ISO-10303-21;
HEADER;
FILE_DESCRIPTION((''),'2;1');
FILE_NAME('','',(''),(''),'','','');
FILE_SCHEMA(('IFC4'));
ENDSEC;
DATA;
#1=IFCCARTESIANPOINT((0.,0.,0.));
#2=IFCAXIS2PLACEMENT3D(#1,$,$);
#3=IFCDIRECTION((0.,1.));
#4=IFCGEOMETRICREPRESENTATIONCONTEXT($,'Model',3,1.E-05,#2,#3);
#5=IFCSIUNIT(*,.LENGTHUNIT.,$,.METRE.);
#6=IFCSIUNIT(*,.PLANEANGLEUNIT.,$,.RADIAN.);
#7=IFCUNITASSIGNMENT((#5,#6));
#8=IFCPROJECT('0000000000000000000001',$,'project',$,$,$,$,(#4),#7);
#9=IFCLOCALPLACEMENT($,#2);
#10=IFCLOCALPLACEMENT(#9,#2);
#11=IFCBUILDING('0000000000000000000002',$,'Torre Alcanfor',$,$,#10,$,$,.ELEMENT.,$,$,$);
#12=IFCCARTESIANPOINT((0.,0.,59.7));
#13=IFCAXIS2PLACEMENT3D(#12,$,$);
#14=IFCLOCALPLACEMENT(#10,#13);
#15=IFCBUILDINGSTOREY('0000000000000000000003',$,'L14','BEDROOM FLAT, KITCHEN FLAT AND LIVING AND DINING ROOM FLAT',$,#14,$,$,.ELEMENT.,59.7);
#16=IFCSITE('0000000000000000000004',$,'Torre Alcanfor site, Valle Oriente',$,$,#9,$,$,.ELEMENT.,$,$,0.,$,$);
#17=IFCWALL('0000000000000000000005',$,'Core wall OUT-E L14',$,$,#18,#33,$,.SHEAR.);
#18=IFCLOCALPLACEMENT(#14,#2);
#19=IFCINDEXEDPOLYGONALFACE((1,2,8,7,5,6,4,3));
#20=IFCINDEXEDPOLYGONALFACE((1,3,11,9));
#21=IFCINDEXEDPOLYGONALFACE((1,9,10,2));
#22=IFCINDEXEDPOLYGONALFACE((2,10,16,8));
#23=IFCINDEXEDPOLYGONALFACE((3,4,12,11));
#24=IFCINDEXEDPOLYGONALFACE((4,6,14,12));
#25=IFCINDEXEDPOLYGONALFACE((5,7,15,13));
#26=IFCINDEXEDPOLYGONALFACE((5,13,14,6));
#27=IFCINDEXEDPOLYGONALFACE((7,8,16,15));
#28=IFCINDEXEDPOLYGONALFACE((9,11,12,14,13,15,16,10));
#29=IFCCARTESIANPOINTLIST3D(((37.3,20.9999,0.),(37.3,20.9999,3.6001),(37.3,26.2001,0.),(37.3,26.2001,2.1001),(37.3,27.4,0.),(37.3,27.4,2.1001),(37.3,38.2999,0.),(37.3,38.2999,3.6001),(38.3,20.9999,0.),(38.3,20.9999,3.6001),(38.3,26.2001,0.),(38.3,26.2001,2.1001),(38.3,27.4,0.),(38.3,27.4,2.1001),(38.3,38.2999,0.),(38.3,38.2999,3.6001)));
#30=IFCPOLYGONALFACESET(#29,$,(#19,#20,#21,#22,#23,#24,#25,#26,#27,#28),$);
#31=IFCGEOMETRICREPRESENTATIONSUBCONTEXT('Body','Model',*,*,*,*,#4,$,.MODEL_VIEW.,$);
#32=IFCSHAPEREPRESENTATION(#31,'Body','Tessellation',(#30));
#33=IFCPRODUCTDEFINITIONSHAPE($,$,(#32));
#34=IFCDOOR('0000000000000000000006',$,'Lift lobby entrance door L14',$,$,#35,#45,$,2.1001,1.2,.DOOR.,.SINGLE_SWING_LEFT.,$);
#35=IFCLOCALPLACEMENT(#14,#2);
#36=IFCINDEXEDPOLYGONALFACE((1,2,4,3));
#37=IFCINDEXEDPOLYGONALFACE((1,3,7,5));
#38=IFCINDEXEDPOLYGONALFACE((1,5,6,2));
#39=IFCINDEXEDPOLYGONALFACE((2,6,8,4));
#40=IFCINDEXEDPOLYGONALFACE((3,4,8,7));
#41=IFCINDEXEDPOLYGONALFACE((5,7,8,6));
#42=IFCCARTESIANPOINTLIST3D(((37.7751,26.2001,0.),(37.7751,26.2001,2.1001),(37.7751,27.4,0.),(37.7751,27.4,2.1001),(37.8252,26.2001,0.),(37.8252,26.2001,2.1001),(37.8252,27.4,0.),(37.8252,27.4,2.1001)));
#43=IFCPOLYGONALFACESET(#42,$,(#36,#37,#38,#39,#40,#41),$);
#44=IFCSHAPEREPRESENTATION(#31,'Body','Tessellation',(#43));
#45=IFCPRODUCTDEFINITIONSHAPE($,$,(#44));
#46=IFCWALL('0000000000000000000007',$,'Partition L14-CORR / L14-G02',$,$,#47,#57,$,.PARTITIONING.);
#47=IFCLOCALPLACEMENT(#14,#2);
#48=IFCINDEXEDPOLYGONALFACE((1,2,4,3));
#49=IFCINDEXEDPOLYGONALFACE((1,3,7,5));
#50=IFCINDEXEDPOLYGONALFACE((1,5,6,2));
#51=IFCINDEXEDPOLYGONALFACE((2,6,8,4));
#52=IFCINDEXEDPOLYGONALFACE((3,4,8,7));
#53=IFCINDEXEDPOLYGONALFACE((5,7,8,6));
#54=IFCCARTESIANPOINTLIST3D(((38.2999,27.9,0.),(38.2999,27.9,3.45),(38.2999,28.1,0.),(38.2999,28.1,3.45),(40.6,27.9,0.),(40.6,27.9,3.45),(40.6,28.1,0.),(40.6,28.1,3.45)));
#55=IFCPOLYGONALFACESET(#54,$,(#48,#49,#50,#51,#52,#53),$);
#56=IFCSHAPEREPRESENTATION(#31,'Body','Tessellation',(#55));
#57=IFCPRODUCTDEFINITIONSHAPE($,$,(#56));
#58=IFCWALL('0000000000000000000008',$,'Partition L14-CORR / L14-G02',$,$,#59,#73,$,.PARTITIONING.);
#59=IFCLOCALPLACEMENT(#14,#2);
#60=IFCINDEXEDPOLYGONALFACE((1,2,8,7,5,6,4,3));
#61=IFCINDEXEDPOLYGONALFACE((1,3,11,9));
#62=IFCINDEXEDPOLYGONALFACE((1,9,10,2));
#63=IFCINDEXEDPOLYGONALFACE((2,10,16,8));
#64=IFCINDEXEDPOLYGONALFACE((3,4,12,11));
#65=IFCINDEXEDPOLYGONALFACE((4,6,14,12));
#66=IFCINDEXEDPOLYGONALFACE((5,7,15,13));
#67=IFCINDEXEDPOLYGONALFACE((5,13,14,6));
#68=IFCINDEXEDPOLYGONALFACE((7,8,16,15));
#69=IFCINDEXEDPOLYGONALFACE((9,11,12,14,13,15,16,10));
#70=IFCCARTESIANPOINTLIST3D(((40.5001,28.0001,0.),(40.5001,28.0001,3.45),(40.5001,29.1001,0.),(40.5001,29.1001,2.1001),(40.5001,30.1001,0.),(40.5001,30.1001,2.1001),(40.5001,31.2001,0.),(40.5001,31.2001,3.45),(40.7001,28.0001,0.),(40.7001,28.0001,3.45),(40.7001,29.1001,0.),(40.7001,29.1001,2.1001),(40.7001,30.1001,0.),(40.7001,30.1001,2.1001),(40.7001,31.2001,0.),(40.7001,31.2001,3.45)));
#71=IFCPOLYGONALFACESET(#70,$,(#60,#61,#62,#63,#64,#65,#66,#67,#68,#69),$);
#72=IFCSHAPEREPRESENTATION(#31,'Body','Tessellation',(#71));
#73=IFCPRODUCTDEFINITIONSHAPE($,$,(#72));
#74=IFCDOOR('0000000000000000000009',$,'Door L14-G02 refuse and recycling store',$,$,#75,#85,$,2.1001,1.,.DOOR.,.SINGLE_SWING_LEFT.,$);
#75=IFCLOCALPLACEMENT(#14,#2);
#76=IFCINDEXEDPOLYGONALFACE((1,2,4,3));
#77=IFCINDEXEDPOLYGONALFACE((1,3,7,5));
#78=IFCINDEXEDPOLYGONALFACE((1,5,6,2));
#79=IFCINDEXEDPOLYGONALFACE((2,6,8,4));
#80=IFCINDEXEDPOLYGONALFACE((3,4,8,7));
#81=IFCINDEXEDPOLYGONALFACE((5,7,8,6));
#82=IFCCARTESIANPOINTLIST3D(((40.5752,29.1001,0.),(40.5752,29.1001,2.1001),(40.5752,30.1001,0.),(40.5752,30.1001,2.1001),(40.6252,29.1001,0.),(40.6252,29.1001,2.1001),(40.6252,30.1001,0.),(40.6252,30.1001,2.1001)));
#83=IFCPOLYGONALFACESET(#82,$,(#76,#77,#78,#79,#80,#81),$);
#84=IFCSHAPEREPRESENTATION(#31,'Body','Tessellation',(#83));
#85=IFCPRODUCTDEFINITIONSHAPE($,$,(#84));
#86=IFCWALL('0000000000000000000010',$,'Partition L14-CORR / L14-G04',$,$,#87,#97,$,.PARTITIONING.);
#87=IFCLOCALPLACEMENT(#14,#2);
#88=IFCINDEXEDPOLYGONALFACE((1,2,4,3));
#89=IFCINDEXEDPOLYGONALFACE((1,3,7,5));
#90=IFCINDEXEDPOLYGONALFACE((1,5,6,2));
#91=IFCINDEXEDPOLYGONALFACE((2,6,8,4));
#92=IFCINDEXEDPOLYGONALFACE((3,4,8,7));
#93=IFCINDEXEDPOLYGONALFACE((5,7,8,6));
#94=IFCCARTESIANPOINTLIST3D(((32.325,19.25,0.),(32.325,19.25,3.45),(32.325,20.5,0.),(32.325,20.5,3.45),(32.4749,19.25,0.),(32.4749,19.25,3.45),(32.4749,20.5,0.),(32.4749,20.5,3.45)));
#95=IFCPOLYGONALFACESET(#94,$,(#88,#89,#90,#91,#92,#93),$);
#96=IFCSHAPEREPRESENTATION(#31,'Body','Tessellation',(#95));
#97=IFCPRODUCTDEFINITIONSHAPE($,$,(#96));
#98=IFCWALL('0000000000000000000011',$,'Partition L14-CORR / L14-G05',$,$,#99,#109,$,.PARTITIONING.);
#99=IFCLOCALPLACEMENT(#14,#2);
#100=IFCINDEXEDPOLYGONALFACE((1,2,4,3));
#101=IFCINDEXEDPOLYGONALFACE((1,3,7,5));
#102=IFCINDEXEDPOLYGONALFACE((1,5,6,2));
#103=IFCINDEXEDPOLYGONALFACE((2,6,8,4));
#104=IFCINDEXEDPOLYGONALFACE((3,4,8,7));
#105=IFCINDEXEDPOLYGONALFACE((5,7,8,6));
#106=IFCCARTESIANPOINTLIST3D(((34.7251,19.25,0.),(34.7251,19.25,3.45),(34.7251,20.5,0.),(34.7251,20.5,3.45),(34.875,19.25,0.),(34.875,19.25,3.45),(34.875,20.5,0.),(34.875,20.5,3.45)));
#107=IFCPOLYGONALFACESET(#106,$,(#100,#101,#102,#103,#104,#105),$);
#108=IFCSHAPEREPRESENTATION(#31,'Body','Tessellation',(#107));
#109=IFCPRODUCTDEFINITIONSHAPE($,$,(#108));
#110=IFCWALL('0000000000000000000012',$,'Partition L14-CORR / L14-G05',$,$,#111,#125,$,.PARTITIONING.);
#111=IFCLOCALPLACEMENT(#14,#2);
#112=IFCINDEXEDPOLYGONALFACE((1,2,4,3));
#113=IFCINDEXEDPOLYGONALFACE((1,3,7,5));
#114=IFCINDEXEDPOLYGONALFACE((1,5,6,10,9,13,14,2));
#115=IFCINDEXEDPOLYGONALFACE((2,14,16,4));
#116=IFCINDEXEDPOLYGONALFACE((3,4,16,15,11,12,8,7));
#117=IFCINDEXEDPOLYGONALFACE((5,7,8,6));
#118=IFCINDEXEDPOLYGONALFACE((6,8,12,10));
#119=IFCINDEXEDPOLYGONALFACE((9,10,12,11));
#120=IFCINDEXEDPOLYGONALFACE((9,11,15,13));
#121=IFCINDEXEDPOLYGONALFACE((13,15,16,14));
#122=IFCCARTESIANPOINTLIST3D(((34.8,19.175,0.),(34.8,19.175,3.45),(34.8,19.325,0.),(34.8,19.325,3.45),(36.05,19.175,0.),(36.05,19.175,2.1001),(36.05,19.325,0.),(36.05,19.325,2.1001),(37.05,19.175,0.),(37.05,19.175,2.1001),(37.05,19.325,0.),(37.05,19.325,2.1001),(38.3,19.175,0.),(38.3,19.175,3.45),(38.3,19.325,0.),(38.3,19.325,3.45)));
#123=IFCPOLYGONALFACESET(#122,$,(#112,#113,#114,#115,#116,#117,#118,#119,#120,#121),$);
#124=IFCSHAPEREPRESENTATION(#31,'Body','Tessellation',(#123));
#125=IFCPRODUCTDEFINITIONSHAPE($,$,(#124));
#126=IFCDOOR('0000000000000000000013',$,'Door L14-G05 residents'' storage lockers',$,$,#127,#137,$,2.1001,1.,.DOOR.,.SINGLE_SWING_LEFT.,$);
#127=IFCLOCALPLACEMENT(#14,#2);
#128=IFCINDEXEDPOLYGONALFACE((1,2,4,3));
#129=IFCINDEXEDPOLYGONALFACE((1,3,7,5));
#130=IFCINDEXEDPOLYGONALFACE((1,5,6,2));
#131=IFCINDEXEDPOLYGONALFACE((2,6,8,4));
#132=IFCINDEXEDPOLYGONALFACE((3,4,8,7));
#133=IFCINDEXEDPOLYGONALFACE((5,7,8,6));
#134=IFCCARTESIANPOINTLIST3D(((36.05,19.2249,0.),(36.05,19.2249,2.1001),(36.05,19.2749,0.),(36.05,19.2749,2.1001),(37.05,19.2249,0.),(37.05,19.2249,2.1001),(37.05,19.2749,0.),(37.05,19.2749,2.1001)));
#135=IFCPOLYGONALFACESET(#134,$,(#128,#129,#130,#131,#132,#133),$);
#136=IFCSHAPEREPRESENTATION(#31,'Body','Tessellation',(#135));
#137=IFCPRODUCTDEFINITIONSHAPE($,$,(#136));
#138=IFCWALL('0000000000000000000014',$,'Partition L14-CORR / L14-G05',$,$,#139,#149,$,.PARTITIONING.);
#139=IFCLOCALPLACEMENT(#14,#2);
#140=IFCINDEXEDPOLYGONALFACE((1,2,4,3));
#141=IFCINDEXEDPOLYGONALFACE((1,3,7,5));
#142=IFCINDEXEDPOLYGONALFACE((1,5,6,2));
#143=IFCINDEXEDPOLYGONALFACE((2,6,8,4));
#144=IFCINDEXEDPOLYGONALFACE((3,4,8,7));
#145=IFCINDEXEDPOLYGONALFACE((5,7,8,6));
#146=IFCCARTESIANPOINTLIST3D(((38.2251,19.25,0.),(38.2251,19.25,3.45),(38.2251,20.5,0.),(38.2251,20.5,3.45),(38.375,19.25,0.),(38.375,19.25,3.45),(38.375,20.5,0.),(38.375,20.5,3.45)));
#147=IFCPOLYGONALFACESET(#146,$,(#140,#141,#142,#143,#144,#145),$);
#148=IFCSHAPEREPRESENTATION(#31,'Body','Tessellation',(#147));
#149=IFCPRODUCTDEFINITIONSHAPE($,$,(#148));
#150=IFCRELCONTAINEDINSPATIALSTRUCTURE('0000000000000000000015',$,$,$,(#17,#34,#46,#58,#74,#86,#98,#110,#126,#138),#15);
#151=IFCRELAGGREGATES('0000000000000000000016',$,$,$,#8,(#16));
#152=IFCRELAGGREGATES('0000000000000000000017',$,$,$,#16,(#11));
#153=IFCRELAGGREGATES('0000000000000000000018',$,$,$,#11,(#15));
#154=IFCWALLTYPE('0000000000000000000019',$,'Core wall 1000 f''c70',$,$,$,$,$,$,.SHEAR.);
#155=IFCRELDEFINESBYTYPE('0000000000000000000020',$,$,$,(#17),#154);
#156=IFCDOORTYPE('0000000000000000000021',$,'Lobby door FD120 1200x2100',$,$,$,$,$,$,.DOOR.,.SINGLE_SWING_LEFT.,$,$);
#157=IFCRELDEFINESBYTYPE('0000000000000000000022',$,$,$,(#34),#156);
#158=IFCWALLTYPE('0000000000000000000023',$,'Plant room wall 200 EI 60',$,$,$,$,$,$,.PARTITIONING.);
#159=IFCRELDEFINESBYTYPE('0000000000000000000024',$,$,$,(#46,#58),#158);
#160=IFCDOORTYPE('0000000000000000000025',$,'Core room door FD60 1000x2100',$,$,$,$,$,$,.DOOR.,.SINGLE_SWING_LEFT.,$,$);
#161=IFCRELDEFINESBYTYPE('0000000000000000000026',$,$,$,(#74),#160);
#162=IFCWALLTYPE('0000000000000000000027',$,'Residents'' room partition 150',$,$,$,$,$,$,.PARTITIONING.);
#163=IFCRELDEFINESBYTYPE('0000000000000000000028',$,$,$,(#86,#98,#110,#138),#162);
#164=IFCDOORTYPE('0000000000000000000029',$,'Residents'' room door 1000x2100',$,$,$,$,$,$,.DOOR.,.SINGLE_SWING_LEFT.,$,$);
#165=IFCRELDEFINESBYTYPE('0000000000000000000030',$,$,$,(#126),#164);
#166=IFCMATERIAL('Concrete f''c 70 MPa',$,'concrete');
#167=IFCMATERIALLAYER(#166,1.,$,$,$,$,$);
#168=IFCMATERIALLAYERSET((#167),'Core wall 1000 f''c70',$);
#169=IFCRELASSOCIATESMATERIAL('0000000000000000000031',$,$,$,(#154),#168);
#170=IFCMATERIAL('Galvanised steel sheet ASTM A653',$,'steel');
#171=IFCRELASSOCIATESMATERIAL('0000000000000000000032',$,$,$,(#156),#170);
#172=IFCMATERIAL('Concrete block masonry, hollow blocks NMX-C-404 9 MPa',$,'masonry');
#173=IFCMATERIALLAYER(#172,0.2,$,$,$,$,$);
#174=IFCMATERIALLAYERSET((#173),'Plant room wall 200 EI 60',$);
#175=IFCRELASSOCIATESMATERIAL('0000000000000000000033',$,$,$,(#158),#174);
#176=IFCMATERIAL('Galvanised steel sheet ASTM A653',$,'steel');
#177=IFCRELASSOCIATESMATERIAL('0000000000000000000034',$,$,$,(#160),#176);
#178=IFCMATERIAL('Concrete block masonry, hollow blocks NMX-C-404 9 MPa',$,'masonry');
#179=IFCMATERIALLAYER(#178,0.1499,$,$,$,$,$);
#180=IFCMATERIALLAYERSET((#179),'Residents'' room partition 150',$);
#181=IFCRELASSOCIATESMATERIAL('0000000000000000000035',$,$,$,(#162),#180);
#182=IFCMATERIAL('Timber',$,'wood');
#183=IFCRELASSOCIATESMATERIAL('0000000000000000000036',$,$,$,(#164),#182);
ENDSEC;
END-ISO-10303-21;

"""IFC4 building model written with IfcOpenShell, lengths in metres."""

from ifc_helpers import new_model, si_unit, direction, frame, frame_2d, origin, place, context, subcontext, project, spatial, rectangle, extrude, material, layer, layer_set, type_object, element, fill, save


model = new_model("IFC4")

# Units and contexts
model_context = context("Model", 3, precision=1e-05, world=origin(), true_north=direction((0.0, 1.0)))
body_context = subcontext(model_context, "Body", "Model", "MODEL_VIEW")
ifc_project = project(units=[si_unit("LENGTHUNIT", "METRE"), si_unit("PLANEANGLEUNIT", "RADIAN")], contexts=[model_context])

# Site, building, storey
site_placement = place(None, origin())
site = spatial("IfcSite", under=ifc_project, at=site_placement, Name="Torre Alcanfor site, Valle Oriente", CompositionType="ELEMENT", RefElevation=0.0)
building_placement = place(site_placement, origin())
building = spatial("IfcBuilding", under=site, at=building_placement, Name="Torre Alcanfor", CompositionType="ELEMENT")
storey_placement = place(building_placement, frame((0.0, 0.0, 59.7)))
storey = spatial("IfcBuildingStorey", under=building, at=storey_placement, Name="L14", Description="BEDROOM FLAT, KITCHEN FLAT AND LIVING AND DINING ROOM FLAT", CompositionType="ELEMENT", Elevation=59.7)

# Wall, opening, door
ifc_material_1 = material(Name="Concrete f'c 70 MPa", Category="concrete")
ifc_layer_1 = layer(ifc_material_1, 1.0)
ifc_layer_set_1 = layer_set([ifc_layer_1], Name="Core wall 1000 f'c70")
wall_type_1 = type_object("IfcWallType", Name="Core wall 1000 f'c70", PredefinedType="SHEAR", material=ifc_layer_set_1)
wall_1_placement = place(storey_placement, frame((37.8, 21.0, 0.0), z_axis=(0.0, 0.0, 1.0), x_axis=(0.0, 1.0, 0.0)))
wall_1 = element("IfcWall", 1, at=wall_1_placement, inside=storey, type_object=wall_type_1, Name="Core wall OUT-E L14", PredefinedType="SHEAR", context=body_context, shape_type="SweptSolid", body=[
    extrude(rectangle(XDim=17.3, YDim=1.0, at=frame_2d((8.6499, 0.0))), origin(), (0.0, 0.0, 1.0), 3.6001),
])
opening_1_placement = place(wall_1_placement, frame((5.2, 0.0, 0.0)))
opening_1 = element("IfcOpeningElement", 2, at=opening_1_placement, cuts=wall_1, PredefinedType="OPENING", context=body_context, shape_type="SweptSolid", body=[
    extrude(rectangle(XDim=1.2, YDim=2.1001, at=frame_2d((0.6001, 1.05))), frame((0.0, 0.51, 0.0), z_axis=(0.0, -1.0, 0.0), x_axis=(1.0, 0.0, 0.0)), (0.0, 0.0, 1.0), 1.02),
])
ifc_material_2 = material(Name="Galvanised steel sheet ASTM A653", Category="steel")
door_type_1 = type_object("IfcDoorType", Name="Lobby door FD120 1200x2100", OperationType="SINGLE_SWING_LEFT", PredefinedType="DOOR", material=ifc_material_2)
door_1_placement = place(opening_1_placement, origin())
door_1 = element("IfcDoor", 3, at=door_1_placement, inside=storey, type_object=door_type_1, Name="Lift lobby entrance door L14", OperationType="SINGLE_SWING_LEFT", OverallHeight=2.1001, OverallWidth=1.2, PredefinedType="DOOR", context=body_context, shape_type="SweptSolid", body=[
    extrude(rectangle(XDim=1.2, YDim=2.1001, at=frame_2d((0.6001, 1.05))), frame((0.0, 0.0249, 0.0), z_axis=(0.0, -1.0, 0.0), x_axis=(1.0, 0.0, 0.0)), (0.0, 0.0, 1.0), 0.05),
])
fill(opening_1, door_1)

# Wall
ifc_material_3 = material(Name="Concrete block masonry, hollow blocks NMX-C-404 9 MPa", Category="masonry")
ifc_layer_2 = layer(ifc_material_3, 0.2)
ifc_layer_set_2 = layer_set([ifc_layer_2], Name="Plant room wall 200 EI 60")
wall_type_2 = type_object("IfcWallType", Name="Plant room wall 200 EI 60", PredefinedType="PARTITIONING", material=ifc_layer_set_2)
wall_2_placement = place(storey_placement, frame((38.3, 28.0, 0.0), z_axis=(0.0, 0.0, 1.0), x_axis=(1.0, 0.0, 0.0)))
element("IfcWall", 4, at=wall_2_placement, inside=storey, type_object=wall_type_2, Name="Partition L14-CORR / L14-G02", PredefinedType="PARTITIONING", context=body_context, shape_type="SweptSolid", body=[
    extrude(rectangle(XDim=2.3, YDim=0.2, at=frame_2d((1.1499, 0.0))), origin(), (0.0, 0.0, 1.0), 3.45),
])

# Wall, opening, door
wall_3_placement = place(storey_placement, frame((40.6001, 28.0, 0.0), z_axis=(0.0, 0.0, 1.0), x_axis=(0.0, 1.0, 0.0)))
wall_3 = element("IfcWall", 5, at=wall_3_placement, inside=storey, type_object=wall_type_2, Name="Partition L14-CORR / L14-G02", PredefinedType="PARTITIONING", context=body_context, shape_type="SweptSolid", body=[
    extrude(rectangle(XDim=3.2, YDim=0.2, at=frame_2d((1.6001, 0.0))), origin(), (0.0, 0.0, 1.0), 3.45),
])
opening_2_placement = place(wall_3_placement, frame((1.1001, 0.0, 0.0)))
opening_2 = element("IfcOpeningElement", 6, at=opening_2_placement, cuts=wall_3, PredefinedType="OPENING", context=body_context, shape_type="SweptSolid", body=[
    extrude(rectangle(XDim=1.0, YDim=2.1001, at=frame_2d((0.5, 1.05))), frame((0.0, 0.1099, 0.0), z_axis=(0.0, -1.0, 0.0), x_axis=(1.0, 0.0, 0.0)), (0.0, 0.0, 1.0), 0.22),
])
ifc_material_4 = material(Name="Galvanised steel sheet ASTM A653", Category="steel")
door_type_2 = type_object("IfcDoorType", Name="Core room door FD60 1000x2100", OperationType="SINGLE_SWING_LEFT", PredefinedType="DOOR", material=ifc_material_4)
door_2_placement = place(opening_2_placement, origin())
door_2 = element("IfcDoor", 7, at=door_2_placement, inside=storey, type_object=door_type_2, Name="Door L14-G02 refuse and recycling store", OperationType="SINGLE_SWING_LEFT", OverallHeight=2.1001, OverallWidth=1.0, PredefinedType="DOOR", context=body_context, shape_type="SweptSolid", body=[
    extrude(rectangle(XDim=1.0, YDim=2.1001, at=frame_2d((0.5, 1.05))), frame((0.0, 0.0249, 0.0), z_axis=(0.0, -1.0, 0.0), x_axis=(1.0, 0.0, 0.0)), (0.0, 0.0, 1.0), 0.05),
])
fill(opening_2, door_2)

# Walls
ifc_material_5 = material(Name="Concrete block masonry, hollow blocks NMX-C-404 9 MPa", Category="masonry")
ifc_layer_3 = layer(ifc_material_5, 0.1499)
ifc_layer_set_3 = layer_set([ifc_layer_3], Name="Residents' room partition 150")
wall_type_3 = type_object("IfcWallType", Name="Residents' room partition 150", PredefinedType="PARTITIONING", material=ifc_layer_set_3)
for number, where, z_axis, x_axis, name in (
    (8, (32.3999, 19.25, 0.0), (0.0, 0.0, 1.0), (0.0, 1.0, 0.0), "Partition L14-CORR / L14-G04"),
    (9, (34.8, 20.5, 0.0), (0.0, 0.0, 1.0), (0.0, -1.0, 0.0), "Partition L14-CORR / L14-G05"),
):
    element("IfcWall", number, at=place(storey_placement, frame(where, z_axis=z_axis, x_axis=x_axis)), inside=storey, type_object=wall_type_3, Name=name, PredefinedType="PARTITIONING", context=body_context, shape_type="SweptSolid", body=[
        extrude(rectangle(XDim=1.25, YDim=0.1499, at=frame_2d((0.625, 0.0))), origin(), (0.0, 0.0, 1.0), 3.45),
    ])

# Wall, opening, door
wall_4_placement = place(storey_placement, frame((34.8, 19.25, 0.0), z_axis=(0.0, 0.0, 1.0), x_axis=(1.0, 0.0, 0.0)))
wall_4 = element("IfcWall", 10, at=wall_4_placement, inside=storey, type_object=wall_type_3, Name="Partition L14-CORR / L14-G05", PredefinedType="PARTITIONING", context=body_context, shape_type="SweptSolid", body=[
    extrude(rectangle(XDim=3.5, YDim=0.1499, at=frame_2d((1.75, 0.0))), origin(), (0.0, 0.0, 1.0), 3.45),
])
opening_3_placement = place(wall_4_placement, frame((1.25, 0.0, 0.0)))
opening_3 = element("IfcOpeningElement", 11, at=opening_3_placement, cuts=wall_4, PredefinedType="OPENING", context=body_context, shape_type="SweptSolid", body=[
    extrude(rectangle(XDim=1.0, YDim=2.1001, at=frame_2d((0.5, 1.05))), frame((0.0, 0.085, 0.0), z_axis=(0.0, -1.0, 0.0), x_axis=(1.0, 0.0, 0.0)), (0.0, 0.0, 1.0), 0.1699),
])
ifc_material_6 = material(Name="Timber", Category="wood")
door_type_3 = type_object("IfcDoorType", Name="Residents' room door 1000x2100", OperationType="SINGLE_SWING_LEFT", PredefinedType="DOOR", material=ifc_material_6)
door_3_placement = place(opening_3_placement, origin())
door_3 = element("IfcDoor", 12, at=door_3_placement, inside=storey, type_object=door_type_3, Name="Door L14-G05 residents' storage lockers", OperationType="SINGLE_SWING_LEFT", OverallHeight=2.1001, OverallWidth=1.0, PredefinedType="DOOR", context=body_context, shape_type="SweptSolid", body=[
    extrude(rectangle(XDim=1.0, YDim=2.1001, at=frame_2d((0.5, 1.05))), frame((0.0, 0.0249, 0.0), z_axis=(0.0, -1.0, 0.0), x_axis=(1.0, 0.0, 0.0)), (0.0, 0.0, 1.0), 0.05),
])
fill(opening_3, door_3)

# Wall
wall_5_placement = place(storey_placement, frame((38.3, 19.25, 0.0), z_axis=(0.0, 0.0, 1.0), x_axis=(0.0, 1.0, 0.0)))
element("IfcWall", 13, at=wall_5_placement, inside=storey, type_object=wall_type_3, Name="Partition L14-CORR / L14-G05", PredefinedType="PARTITIONING", context=body_context, shape_type="SweptSolid", body=[
    extrude(rectangle(XDim=1.25, YDim=0.1499, at=frame_2d((0.625, 0.0))), origin(), (0.0, 0.0, 1.0), 3.45),
])

save(model, "model.ifc")
